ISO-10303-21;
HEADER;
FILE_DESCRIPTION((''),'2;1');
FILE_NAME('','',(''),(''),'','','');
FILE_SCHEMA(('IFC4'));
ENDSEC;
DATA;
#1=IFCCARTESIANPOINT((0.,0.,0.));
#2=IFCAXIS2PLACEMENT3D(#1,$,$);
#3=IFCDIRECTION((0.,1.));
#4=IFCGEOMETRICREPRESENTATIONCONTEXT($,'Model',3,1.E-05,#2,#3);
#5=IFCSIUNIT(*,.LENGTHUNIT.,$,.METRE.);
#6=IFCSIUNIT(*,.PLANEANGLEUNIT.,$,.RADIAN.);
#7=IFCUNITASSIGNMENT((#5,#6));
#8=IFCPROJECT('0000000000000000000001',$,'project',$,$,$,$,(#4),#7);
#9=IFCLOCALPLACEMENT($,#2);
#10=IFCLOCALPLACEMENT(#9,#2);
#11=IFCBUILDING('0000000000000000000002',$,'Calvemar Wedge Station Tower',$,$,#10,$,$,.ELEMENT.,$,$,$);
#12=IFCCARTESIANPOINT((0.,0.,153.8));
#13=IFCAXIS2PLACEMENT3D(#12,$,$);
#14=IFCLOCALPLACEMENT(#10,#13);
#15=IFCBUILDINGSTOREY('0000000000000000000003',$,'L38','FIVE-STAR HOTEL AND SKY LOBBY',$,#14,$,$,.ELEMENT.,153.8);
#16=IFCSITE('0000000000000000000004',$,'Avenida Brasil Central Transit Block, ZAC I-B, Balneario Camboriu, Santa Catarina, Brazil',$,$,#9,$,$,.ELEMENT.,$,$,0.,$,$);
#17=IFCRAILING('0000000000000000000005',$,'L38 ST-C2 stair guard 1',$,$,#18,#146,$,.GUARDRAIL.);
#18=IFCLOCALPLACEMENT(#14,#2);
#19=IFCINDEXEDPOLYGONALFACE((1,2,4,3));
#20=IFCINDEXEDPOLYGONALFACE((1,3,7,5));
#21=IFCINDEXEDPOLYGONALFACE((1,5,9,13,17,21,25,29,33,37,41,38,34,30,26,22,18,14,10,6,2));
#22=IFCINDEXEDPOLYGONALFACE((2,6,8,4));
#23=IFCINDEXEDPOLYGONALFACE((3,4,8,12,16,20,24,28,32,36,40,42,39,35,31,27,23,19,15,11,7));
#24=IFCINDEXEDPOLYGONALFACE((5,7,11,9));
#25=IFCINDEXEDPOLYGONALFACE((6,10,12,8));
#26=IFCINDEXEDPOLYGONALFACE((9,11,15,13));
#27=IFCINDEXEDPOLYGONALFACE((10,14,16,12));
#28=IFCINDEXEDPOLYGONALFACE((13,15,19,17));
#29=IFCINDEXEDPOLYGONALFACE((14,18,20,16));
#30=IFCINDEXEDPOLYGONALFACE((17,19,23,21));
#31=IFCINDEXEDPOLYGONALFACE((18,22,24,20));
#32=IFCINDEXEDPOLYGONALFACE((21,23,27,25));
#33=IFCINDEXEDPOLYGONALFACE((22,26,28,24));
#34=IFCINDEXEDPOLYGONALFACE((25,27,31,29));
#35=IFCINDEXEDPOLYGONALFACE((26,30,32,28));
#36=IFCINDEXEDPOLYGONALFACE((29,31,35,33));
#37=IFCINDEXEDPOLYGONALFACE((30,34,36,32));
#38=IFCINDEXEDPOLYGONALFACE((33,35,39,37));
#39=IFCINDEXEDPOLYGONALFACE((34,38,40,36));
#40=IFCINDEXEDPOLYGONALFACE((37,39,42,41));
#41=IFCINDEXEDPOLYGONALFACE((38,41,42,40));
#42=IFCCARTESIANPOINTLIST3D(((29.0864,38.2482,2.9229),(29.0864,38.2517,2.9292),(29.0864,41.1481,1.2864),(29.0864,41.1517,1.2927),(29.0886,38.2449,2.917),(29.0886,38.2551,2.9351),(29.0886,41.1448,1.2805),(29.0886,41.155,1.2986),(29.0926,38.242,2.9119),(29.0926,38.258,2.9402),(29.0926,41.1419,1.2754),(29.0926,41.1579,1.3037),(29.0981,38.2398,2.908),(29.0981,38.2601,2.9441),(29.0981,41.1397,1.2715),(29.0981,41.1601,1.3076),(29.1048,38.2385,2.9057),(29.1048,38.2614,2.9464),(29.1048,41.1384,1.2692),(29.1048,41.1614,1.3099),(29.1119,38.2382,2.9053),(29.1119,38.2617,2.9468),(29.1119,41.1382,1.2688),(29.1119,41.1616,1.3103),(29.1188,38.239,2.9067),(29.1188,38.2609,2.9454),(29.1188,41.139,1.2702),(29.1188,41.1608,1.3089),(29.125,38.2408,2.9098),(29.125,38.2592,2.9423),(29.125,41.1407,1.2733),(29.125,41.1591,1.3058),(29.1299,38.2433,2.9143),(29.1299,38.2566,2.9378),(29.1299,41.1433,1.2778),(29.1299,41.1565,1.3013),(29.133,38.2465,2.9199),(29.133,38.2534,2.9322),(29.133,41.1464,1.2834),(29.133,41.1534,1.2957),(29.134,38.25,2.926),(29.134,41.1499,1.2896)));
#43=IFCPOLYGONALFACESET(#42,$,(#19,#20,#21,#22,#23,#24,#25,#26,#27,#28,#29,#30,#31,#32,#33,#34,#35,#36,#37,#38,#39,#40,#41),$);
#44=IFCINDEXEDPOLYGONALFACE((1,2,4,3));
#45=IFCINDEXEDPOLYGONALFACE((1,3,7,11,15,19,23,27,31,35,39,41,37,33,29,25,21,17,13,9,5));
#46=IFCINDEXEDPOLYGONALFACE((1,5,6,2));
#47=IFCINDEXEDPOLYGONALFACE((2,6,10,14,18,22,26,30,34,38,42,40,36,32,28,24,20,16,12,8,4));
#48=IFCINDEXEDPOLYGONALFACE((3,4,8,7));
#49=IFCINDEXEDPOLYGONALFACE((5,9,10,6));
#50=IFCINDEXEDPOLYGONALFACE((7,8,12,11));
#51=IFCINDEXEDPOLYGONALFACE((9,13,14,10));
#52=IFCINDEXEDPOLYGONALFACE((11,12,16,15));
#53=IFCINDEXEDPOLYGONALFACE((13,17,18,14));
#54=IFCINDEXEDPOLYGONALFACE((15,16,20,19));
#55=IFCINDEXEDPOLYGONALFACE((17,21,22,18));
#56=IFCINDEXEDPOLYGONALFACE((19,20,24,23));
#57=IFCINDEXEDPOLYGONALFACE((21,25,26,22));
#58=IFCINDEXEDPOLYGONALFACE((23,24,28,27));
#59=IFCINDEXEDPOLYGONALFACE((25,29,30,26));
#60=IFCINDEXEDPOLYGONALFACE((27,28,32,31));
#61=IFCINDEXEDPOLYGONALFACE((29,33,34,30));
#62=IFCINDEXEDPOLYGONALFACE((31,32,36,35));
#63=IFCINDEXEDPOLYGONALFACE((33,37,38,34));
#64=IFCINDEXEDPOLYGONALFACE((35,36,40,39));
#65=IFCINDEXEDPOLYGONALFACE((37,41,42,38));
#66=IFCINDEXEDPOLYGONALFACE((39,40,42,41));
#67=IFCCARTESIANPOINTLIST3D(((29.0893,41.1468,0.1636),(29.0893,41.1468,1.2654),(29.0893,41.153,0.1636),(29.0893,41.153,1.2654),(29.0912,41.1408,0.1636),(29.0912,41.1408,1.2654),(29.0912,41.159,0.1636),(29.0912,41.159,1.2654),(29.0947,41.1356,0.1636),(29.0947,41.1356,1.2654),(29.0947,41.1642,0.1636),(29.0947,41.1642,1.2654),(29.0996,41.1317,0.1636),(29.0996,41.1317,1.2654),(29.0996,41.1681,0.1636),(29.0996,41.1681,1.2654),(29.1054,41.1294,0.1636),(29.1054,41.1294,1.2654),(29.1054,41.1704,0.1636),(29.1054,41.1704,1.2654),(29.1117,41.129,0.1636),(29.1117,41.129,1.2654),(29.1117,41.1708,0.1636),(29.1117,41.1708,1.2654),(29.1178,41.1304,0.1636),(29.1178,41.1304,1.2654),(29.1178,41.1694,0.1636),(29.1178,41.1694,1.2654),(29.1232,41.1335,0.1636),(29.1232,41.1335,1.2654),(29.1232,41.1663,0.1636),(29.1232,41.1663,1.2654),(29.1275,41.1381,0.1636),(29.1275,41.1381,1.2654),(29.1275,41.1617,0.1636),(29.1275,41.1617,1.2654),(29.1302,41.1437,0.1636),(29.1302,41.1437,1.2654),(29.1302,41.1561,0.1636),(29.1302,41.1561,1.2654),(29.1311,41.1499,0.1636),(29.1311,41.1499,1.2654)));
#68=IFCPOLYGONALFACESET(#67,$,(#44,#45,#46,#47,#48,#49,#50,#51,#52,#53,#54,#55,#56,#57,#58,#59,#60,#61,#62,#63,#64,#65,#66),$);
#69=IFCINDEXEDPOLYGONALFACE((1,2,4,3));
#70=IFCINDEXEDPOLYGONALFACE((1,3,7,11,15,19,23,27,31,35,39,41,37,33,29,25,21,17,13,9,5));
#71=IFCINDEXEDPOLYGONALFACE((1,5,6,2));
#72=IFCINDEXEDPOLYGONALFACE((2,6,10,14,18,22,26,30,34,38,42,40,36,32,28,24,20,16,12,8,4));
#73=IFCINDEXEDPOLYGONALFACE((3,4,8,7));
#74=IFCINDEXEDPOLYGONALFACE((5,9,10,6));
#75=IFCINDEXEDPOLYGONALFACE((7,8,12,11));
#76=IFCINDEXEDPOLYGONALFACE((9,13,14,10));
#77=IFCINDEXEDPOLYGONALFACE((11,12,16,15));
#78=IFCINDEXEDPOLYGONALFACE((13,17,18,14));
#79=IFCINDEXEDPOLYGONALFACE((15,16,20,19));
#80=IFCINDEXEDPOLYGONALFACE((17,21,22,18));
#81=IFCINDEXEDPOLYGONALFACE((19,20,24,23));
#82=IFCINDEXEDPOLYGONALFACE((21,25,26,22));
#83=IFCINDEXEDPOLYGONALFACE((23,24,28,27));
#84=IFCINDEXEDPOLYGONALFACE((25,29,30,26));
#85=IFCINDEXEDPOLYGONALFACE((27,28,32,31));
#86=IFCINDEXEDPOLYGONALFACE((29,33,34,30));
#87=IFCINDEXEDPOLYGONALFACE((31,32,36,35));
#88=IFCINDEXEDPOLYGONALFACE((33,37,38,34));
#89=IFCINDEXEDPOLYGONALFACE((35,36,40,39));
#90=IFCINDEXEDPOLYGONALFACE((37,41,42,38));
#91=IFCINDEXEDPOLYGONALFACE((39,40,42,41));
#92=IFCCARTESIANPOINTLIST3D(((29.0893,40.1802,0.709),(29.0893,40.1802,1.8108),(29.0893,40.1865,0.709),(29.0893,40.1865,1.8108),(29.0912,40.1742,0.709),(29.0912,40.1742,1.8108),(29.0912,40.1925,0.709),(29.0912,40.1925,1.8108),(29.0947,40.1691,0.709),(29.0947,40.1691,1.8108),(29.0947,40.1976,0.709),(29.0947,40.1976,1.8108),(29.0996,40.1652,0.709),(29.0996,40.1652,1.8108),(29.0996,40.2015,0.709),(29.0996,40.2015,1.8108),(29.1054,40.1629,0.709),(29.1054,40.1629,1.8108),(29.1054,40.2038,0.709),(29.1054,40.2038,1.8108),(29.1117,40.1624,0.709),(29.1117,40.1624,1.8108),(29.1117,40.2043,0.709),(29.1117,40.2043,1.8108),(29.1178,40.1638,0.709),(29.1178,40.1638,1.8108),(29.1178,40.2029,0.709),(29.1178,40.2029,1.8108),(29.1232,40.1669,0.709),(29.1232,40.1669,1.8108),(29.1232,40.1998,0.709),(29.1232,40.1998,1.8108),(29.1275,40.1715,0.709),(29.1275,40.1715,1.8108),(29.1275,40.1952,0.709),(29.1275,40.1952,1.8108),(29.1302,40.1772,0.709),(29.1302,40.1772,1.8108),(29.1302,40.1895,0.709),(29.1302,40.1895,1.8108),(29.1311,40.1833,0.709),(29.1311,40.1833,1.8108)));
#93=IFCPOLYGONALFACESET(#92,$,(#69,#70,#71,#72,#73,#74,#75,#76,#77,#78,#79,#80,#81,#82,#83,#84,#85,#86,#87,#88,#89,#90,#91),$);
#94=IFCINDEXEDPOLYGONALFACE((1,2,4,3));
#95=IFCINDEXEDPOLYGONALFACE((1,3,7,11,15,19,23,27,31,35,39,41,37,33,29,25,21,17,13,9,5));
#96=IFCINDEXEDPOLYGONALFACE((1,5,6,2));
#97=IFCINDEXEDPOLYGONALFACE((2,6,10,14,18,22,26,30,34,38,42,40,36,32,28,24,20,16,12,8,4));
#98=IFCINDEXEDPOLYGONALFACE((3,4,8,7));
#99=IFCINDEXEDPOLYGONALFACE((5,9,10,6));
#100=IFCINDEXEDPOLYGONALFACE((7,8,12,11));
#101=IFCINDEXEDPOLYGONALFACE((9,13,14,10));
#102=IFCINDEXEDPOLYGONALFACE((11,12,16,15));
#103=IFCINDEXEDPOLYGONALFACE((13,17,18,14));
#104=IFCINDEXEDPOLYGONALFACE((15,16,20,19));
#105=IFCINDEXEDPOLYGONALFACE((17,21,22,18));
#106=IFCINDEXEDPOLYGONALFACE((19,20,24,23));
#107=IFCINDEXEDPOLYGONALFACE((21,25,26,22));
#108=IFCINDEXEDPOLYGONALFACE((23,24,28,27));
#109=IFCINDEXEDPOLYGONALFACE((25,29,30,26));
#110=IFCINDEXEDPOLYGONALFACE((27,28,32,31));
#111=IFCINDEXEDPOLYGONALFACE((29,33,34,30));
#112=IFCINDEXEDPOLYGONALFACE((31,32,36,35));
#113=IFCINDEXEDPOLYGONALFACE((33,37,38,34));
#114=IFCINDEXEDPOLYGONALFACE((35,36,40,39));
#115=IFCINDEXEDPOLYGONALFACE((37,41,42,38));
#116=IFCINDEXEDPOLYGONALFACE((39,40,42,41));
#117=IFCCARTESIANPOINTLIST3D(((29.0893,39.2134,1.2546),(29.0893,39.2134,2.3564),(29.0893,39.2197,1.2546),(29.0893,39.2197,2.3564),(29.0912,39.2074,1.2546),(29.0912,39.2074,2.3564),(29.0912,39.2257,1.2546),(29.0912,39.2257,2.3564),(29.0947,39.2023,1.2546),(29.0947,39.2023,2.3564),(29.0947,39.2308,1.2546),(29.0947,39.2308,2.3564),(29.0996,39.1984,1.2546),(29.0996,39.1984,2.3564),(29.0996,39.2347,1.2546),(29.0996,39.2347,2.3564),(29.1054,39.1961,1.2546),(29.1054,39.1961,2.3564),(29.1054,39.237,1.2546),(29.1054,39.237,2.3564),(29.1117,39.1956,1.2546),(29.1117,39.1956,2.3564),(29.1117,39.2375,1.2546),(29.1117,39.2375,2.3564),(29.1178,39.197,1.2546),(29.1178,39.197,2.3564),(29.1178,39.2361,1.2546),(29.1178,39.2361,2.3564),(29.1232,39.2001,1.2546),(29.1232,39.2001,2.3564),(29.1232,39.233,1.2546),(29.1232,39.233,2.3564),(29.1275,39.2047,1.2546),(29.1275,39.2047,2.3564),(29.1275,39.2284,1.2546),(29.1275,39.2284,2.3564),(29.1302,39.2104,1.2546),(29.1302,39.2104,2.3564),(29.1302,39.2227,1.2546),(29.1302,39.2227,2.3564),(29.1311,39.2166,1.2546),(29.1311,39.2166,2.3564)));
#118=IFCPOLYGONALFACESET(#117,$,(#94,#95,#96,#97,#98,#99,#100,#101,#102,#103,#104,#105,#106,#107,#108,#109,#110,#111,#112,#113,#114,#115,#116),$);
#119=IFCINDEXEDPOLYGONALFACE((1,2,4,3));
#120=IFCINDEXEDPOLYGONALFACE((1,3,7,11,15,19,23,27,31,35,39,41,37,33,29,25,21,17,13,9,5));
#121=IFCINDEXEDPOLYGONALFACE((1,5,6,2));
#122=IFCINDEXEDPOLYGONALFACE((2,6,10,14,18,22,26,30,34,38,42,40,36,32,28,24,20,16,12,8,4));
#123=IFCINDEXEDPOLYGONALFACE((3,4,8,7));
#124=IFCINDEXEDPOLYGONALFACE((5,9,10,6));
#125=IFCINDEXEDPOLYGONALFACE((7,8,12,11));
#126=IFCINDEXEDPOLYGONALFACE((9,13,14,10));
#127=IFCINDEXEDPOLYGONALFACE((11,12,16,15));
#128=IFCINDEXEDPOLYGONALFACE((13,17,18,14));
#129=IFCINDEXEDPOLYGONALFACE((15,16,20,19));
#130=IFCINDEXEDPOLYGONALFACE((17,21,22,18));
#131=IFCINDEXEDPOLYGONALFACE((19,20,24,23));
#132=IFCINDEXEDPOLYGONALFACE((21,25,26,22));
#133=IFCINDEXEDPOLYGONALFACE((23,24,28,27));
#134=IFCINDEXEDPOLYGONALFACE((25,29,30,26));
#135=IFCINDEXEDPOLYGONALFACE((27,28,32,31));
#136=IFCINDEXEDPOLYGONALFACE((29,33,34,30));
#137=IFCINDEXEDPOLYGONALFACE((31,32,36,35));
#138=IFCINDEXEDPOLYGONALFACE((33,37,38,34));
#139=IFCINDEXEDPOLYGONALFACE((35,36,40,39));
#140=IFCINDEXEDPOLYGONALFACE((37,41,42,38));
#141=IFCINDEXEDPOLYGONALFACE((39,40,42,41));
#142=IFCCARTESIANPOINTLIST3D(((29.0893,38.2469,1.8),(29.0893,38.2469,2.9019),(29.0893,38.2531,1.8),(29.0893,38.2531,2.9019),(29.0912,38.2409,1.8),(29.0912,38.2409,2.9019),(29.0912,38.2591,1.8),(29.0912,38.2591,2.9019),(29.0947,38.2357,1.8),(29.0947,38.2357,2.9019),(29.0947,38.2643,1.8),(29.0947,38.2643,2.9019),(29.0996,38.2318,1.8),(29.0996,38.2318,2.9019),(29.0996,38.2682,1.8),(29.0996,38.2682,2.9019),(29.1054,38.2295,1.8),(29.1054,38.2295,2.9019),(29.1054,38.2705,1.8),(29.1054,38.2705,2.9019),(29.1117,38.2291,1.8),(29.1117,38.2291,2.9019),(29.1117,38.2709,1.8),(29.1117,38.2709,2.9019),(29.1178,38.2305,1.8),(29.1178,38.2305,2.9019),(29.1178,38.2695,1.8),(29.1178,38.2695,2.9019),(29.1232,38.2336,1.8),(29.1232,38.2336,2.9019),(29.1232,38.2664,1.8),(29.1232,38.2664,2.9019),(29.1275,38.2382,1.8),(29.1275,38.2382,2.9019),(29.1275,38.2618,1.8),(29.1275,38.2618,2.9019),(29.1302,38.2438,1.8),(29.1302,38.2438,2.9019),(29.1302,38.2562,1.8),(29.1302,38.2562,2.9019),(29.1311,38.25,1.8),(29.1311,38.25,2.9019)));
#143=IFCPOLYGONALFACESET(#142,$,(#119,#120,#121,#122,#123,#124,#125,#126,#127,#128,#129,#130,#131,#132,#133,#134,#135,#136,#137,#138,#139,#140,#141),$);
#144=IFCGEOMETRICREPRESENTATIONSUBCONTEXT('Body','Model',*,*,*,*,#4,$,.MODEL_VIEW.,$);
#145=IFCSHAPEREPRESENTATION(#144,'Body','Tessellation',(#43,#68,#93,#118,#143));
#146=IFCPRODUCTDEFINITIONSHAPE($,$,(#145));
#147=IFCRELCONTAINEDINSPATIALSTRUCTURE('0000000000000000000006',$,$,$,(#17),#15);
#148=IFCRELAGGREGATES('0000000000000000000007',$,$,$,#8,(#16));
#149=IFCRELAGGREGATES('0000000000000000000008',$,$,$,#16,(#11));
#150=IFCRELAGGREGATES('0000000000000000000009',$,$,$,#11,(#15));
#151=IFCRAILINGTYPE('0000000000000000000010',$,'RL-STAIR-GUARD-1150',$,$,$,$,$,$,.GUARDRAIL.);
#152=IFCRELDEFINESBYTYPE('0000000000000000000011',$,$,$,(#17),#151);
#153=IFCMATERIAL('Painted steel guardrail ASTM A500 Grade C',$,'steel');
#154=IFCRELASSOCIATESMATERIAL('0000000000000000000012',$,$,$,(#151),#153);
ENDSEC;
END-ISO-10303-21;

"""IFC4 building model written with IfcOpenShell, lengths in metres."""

from ifc_helpers import new_model, si_unit, direction, frame, origin, origin_2d, place, context, subcontext, project, spatial, circle, extrude, material, type_object, element, save


model = new_model("IFC4")

# Units and contexts
model_context = context("Model", 3, precision=1e-05, world=origin(), true_north=direction((0.0, 1.0)))
body_context = subcontext(model_context, "Body", "Model", "MODEL_VIEW")
ifc_project = project(units=[si_unit("LENGTHUNIT", "METRE"), si_unit("PLANEANGLEUNIT", "RADIAN")], contexts=[model_context])

# Site, building, storey
site_placement = place(None, origin())
site = spatial("IfcSite", under=ifc_project, at=site_placement, Name="Avenida Brasil Central Transit Block, ZAC I-B, Balneario Camboriu, Santa Catarina, Brazil", CompositionType="ELEMENT", RefElevation=0.0)
building_placement = place(site_placement, origin())
building = spatial("IfcBuilding", under=site, at=building_placement, Name="Calvemar Wedge Station Tower", CompositionType="ELEMENT")
storey_placement = place(building_placement, frame((0.0, 0.0, 153.8)))
storey = spatial("IfcBuildingStorey", under=building, at=storey_placement, Name="L38", Description="FIVE-STAR HOTEL AND SKY LOBBY", CompositionType="ELEMENT", Elevation=153.8)

# Railing
ifc_material_1 = material(Name="Painted steel guardrail ASTM A500 Grade C", Category="steel")
railing_type_1 = type_object("IfcRailingType", Name="RL-STAIR-GUARD-1150", PredefinedType="GUARDRAIL", material=ifc_material_1)
railing_1_placement = place(storey_placement, frame((29.1101, 41.1499, 0.1636)))
element("IfcRailing", 1, at=railing_1_placement, inside=storey, type_object=railing_type_1, Name="L38 ST-C2 stair guard 1", PredefinedType="GUARDRAIL", context=body_context, shape_type="SweptSolid", body=[
    extrude(circle(Radius=0.0239, at=origin_2d()), frame((0.0, 0.0, 1.126), z_axis=(0.0, -0.870897, 0.491465), x_axis=(1.0, 0.0, 0.0)), (0.0, 0.0, 1.0), 3.3298),
    extrude(circle(Radius=0.021, at=origin_2d()), origin(), (0.0, 0.0, 1.0), 1.1018),
    extrude(circle(Radius=0.021, at=origin_2d()), frame((0.0, -0.9666, 0.5454)), (0.0, 0.0, 1.0), 1.1018),
    extrude(circle(Radius=0.021, at=origin_2d()), frame((0.0, -1.9333, 1.0911)), (0.0, 0.0, 1.0), 1.1018),
    extrude(circle(Radius=0.021, at=origin_2d()), frame((0.0, -2.8999, 1.6365)), (0.0, 0.0, 1.0), 1.1018),
])

save(model, "model.ifc")
